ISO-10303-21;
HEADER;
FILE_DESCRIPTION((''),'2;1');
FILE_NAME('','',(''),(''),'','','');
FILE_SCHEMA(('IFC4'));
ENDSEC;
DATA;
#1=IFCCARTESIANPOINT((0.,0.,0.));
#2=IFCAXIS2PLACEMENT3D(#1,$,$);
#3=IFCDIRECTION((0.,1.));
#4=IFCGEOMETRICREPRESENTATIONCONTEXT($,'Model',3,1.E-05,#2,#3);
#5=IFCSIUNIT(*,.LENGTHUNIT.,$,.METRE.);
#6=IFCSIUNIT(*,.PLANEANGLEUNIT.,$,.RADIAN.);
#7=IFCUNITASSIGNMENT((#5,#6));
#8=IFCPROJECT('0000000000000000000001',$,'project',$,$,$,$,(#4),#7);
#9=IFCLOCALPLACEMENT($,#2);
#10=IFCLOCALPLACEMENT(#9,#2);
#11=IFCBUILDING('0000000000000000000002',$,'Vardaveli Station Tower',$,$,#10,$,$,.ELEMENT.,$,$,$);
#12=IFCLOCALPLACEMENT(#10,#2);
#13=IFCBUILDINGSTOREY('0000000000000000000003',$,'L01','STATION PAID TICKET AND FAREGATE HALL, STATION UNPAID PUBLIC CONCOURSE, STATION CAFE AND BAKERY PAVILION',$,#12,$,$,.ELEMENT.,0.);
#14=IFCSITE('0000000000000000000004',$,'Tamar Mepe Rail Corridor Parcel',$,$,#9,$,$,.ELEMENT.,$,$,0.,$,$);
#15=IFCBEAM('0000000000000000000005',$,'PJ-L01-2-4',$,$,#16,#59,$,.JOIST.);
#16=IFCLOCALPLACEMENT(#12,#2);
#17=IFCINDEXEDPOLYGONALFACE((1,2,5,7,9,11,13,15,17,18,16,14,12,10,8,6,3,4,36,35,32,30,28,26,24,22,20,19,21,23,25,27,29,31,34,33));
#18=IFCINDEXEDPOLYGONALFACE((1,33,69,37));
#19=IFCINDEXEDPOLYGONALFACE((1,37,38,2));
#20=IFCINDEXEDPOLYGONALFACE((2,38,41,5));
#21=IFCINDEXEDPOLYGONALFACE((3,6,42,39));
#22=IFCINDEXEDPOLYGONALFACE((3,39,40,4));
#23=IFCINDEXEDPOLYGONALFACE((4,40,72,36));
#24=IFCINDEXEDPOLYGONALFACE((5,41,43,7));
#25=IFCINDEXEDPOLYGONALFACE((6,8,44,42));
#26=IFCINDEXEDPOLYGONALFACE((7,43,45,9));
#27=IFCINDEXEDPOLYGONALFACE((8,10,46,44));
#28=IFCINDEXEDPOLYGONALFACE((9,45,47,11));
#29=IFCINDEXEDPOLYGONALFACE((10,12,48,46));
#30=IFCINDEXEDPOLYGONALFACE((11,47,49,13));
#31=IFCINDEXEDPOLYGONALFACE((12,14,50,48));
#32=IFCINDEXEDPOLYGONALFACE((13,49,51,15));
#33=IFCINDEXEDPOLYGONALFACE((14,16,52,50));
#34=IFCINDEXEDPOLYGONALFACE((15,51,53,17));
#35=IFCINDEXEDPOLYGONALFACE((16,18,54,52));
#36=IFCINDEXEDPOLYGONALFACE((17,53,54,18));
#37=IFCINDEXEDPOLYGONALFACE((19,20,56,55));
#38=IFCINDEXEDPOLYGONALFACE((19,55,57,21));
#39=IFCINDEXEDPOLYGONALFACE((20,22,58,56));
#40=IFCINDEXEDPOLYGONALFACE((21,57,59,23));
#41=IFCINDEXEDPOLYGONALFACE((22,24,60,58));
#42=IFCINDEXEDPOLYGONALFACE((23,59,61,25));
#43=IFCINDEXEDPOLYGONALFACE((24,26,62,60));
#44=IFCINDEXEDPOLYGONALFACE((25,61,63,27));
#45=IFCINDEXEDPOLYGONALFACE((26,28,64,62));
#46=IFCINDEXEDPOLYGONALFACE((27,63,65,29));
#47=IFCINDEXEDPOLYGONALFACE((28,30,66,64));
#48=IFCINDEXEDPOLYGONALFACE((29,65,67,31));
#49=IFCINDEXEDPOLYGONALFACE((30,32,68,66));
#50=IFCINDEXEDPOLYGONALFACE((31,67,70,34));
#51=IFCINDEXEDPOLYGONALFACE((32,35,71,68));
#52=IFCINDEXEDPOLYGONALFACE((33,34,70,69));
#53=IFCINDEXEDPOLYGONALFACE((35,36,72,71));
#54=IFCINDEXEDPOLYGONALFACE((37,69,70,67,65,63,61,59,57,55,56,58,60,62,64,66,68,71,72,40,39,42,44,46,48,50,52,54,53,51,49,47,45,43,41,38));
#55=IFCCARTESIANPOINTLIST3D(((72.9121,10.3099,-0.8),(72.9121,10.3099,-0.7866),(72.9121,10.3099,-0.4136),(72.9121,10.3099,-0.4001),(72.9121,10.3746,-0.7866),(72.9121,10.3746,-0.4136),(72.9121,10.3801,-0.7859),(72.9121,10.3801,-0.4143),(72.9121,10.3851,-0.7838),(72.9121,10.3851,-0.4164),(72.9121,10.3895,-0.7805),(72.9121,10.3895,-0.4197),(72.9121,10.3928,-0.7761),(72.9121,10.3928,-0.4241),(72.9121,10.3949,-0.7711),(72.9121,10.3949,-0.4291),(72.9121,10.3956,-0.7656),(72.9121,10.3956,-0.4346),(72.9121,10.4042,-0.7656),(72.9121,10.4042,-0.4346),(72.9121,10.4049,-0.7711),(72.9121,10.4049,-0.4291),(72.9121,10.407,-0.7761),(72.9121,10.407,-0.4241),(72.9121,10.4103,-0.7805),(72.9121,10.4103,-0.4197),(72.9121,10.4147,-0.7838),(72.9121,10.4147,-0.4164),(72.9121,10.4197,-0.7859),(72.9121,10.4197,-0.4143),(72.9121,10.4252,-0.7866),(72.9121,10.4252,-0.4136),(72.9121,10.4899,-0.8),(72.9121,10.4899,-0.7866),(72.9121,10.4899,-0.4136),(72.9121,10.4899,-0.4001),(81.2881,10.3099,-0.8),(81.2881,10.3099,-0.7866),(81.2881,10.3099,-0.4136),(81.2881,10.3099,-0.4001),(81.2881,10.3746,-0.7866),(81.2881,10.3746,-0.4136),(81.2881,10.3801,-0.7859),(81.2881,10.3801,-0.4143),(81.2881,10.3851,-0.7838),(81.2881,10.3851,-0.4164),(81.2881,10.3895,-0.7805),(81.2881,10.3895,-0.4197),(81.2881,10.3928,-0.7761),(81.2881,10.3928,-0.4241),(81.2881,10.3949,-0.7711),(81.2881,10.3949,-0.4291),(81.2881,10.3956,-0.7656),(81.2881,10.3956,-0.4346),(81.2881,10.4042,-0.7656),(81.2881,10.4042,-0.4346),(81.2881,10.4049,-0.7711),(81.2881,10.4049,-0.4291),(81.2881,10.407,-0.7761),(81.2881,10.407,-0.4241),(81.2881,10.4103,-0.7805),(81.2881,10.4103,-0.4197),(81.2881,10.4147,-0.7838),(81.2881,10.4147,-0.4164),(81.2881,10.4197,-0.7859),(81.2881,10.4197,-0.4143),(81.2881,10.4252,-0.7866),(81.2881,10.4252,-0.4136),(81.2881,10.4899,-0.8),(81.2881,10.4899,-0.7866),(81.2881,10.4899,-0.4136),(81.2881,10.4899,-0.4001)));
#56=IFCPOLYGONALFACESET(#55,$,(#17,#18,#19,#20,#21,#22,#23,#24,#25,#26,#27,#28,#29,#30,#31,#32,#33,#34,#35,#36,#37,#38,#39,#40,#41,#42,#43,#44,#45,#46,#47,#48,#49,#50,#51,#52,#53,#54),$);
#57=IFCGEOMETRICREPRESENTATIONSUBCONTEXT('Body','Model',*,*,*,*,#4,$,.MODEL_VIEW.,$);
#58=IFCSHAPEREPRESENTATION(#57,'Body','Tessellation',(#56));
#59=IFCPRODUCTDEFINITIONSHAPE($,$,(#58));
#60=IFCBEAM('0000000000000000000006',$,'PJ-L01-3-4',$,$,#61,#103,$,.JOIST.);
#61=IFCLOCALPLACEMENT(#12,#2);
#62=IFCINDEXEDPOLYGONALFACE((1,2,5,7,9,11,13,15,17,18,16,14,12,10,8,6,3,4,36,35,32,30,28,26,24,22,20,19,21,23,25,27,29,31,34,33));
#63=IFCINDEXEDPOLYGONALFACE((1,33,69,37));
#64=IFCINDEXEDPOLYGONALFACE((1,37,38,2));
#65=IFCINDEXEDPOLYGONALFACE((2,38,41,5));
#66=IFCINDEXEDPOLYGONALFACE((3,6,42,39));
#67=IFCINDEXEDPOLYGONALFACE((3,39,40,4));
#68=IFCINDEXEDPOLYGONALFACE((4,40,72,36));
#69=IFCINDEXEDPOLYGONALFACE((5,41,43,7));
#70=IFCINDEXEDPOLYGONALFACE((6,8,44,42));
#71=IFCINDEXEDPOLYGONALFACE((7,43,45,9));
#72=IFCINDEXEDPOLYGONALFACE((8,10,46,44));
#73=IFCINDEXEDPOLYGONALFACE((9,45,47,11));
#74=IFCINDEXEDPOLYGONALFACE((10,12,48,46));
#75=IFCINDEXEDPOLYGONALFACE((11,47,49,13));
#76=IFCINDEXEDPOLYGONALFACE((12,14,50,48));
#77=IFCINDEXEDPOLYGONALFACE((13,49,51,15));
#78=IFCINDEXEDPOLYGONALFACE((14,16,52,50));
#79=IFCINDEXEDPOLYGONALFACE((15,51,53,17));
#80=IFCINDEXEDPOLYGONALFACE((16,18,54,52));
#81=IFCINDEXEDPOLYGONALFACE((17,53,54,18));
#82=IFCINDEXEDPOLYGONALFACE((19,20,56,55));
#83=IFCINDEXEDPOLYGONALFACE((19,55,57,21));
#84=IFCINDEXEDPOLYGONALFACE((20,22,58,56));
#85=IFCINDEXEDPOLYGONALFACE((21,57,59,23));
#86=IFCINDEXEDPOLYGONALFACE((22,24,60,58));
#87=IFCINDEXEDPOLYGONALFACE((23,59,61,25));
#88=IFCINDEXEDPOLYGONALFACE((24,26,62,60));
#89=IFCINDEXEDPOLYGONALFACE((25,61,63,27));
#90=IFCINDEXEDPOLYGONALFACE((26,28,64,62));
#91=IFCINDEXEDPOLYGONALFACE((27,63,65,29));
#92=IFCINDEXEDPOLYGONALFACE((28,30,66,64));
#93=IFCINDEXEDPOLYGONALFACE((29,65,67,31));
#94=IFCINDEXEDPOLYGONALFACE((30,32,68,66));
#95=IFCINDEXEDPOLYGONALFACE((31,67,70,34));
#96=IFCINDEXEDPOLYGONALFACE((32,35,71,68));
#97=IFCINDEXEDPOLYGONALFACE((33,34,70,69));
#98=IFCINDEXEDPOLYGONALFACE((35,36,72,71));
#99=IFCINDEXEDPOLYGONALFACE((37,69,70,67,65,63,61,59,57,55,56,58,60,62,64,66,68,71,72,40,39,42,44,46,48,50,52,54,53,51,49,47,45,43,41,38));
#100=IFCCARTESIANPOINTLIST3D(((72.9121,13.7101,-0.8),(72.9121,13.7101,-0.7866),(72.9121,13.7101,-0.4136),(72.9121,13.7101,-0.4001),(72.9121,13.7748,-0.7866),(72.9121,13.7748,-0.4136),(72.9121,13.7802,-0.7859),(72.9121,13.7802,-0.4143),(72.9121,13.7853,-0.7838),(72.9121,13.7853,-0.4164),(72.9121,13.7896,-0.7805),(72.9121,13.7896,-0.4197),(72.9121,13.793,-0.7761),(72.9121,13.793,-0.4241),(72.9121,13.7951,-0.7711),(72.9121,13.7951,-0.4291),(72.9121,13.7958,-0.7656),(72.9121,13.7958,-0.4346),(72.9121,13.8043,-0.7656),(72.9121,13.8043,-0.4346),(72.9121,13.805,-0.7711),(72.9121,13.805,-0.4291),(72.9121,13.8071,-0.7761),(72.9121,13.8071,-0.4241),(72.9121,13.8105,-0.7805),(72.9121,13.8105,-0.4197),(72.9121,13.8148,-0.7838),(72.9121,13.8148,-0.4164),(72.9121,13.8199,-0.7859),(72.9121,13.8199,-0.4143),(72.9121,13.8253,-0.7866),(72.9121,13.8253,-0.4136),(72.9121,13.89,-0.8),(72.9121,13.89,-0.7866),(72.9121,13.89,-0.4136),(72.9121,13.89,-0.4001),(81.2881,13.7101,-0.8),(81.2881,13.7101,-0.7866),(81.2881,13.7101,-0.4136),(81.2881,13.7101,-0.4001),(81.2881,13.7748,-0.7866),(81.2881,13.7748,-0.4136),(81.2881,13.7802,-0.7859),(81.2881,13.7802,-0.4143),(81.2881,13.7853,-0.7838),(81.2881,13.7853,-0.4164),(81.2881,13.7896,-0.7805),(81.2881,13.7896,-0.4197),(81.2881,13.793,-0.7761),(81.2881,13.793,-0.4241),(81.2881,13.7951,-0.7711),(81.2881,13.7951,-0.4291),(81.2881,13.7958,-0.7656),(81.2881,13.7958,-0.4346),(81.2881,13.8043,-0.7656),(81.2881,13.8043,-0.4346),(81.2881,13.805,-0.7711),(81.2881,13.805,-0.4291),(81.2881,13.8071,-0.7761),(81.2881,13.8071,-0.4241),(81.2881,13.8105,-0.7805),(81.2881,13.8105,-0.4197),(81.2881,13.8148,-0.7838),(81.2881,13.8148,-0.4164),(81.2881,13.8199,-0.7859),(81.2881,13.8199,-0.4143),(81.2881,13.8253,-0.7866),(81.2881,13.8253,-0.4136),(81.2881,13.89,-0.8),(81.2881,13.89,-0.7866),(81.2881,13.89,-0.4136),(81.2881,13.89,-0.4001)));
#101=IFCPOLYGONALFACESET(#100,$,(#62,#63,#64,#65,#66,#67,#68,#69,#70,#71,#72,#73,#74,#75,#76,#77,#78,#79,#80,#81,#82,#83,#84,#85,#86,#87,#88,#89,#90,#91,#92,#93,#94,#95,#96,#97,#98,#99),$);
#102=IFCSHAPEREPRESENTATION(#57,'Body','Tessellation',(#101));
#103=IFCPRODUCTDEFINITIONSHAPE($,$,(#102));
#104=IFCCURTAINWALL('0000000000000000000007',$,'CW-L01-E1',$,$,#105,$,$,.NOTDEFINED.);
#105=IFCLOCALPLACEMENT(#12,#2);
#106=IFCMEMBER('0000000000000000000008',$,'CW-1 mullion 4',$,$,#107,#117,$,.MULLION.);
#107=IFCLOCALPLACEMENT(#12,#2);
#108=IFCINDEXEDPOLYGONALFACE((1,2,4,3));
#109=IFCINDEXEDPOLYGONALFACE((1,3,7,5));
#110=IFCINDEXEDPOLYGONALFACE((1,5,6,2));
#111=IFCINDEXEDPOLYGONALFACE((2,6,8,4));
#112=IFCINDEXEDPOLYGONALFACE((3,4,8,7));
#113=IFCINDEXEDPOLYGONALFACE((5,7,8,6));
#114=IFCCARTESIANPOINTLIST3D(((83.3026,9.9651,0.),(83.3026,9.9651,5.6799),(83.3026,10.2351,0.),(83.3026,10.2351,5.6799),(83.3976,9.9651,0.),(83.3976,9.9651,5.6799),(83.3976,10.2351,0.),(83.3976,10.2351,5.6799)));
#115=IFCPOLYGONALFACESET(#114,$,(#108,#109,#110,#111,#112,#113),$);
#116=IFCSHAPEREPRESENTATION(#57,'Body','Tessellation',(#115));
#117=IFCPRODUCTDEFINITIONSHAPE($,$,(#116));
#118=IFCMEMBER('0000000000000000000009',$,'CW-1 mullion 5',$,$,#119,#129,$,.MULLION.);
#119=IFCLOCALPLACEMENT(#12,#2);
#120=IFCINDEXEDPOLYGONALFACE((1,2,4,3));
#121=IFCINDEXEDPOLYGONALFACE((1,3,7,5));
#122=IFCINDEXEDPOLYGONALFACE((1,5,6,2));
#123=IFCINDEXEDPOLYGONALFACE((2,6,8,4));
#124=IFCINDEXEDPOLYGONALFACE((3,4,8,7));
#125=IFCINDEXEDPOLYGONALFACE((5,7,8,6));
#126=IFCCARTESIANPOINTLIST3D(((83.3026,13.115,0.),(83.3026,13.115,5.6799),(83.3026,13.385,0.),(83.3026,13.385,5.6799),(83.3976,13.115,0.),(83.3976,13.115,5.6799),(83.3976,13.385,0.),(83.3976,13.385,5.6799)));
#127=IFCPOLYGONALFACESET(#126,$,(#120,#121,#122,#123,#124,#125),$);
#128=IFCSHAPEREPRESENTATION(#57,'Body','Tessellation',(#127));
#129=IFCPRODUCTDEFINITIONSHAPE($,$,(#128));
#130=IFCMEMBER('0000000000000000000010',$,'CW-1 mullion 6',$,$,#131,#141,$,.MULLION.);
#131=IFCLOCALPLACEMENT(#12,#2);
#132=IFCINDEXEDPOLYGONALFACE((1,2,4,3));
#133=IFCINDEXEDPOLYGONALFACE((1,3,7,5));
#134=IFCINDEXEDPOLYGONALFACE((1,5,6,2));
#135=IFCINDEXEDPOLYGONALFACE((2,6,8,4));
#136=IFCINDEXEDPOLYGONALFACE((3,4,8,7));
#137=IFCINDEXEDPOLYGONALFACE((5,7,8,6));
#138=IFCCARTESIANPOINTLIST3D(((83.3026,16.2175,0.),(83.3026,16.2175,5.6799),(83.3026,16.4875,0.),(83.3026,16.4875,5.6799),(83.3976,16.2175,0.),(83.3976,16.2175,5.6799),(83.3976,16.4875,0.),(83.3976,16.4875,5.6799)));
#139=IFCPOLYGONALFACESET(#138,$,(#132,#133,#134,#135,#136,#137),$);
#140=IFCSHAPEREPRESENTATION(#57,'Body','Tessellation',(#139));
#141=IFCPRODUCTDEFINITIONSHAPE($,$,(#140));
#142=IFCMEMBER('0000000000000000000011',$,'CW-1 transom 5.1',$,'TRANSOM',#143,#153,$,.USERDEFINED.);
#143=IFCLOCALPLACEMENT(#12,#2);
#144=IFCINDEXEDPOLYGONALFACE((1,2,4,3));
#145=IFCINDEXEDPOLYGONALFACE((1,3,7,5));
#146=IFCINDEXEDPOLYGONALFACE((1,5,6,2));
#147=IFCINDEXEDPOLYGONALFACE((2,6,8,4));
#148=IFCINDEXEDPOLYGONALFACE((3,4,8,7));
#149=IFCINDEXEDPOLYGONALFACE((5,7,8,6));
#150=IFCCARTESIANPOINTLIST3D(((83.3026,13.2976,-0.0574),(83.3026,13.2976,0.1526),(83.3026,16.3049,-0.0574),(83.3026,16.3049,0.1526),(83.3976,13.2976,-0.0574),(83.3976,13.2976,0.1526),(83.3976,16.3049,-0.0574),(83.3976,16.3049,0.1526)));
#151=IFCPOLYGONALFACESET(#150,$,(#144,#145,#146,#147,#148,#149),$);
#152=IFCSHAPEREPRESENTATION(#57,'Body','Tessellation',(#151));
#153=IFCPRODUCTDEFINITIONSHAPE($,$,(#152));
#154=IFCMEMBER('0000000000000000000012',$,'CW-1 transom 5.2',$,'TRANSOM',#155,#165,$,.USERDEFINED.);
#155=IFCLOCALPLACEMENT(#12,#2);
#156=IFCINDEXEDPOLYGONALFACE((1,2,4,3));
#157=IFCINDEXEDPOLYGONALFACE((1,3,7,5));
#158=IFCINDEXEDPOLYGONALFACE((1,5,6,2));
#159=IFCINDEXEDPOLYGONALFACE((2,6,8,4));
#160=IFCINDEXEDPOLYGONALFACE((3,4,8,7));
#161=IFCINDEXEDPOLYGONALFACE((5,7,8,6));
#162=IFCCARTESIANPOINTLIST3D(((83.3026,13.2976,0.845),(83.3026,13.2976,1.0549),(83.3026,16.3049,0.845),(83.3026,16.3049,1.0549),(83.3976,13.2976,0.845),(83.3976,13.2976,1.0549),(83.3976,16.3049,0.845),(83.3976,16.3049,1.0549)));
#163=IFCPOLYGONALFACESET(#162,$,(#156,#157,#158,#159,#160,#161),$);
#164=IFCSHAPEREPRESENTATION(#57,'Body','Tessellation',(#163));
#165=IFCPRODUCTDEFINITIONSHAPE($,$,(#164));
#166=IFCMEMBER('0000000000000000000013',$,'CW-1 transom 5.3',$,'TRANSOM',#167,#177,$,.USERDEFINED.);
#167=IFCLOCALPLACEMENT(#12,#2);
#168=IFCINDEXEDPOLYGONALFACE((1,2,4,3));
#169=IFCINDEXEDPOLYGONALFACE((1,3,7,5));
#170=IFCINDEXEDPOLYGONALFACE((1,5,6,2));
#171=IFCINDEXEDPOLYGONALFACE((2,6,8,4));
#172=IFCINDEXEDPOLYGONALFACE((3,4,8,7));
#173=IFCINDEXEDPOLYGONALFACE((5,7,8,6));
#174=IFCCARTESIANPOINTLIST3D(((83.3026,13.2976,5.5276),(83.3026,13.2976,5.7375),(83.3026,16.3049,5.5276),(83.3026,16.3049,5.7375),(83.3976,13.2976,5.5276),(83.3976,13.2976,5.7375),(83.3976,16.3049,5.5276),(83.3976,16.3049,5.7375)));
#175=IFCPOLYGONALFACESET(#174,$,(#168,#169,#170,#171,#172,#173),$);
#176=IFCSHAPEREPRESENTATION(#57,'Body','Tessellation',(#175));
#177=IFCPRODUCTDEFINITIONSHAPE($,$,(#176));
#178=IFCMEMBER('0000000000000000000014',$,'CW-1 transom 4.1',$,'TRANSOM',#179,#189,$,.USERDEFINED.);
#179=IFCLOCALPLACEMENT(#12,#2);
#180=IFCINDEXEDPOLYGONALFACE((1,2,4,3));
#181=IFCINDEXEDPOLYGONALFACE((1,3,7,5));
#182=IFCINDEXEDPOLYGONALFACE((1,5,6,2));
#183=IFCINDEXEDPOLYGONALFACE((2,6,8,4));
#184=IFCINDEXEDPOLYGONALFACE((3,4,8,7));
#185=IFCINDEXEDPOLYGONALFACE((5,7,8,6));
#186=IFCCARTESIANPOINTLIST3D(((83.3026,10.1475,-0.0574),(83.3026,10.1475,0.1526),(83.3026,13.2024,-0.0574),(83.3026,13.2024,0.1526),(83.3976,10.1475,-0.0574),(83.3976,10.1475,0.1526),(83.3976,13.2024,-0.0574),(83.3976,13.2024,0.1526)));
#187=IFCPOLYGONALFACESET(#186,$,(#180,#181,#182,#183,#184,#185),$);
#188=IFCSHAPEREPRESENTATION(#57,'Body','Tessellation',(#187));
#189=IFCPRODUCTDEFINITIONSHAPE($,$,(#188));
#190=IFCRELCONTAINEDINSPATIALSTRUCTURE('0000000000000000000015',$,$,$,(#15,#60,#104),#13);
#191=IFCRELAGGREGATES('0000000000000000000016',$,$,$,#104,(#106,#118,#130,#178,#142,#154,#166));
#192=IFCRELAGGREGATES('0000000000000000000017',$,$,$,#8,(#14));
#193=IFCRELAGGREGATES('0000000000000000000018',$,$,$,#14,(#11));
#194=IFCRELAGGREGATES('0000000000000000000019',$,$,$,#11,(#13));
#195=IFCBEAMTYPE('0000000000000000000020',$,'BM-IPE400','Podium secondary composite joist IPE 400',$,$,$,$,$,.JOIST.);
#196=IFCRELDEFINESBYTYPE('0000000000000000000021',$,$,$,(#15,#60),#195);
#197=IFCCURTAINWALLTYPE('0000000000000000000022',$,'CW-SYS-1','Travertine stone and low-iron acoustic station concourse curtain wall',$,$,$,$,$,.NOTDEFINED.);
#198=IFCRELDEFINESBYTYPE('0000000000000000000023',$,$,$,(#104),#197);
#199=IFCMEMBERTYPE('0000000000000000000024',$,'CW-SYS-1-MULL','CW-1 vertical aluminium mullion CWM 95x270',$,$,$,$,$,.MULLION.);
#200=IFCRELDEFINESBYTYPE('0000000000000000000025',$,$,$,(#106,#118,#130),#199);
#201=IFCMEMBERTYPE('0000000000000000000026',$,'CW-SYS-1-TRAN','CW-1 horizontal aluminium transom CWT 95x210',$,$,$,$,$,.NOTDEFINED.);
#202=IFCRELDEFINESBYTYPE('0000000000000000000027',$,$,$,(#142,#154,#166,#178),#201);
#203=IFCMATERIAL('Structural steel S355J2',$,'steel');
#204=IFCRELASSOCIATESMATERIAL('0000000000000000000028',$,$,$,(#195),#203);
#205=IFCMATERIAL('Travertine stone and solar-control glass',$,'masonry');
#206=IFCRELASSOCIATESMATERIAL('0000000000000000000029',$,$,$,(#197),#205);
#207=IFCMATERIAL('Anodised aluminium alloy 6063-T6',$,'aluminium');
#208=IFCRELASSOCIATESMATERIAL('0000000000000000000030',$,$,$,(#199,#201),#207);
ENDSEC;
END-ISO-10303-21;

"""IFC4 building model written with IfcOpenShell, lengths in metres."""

from ifc_helpers import new_model, si_unit, direction, frame, origin, origin_2d, place, context, subcontext, project, spatial, rectangle, i_section, extrude, source, transform, mapped, material, material_profile, profile_set, type_object, element, aggregate, save


model = new_model("IFC4")

# Units and contexts
model_context = context("Model", 3, precision=1e-05, world=origin(), true_north=direction((0.0, 1.0)))
body_context = subcontext(model_context, "Body", "Model", "MODEL_VIEW")
ifc_project = project(units=[si_unit("LENGTHUNIT", "METRE"), si_unit("PLANEANGLEUNIT", "RADIAN")], contexts=[model_context])

# Site, building, storey
site_placement = place(None, origin())
site = spatial("IfcSite", under=ifc_project, at=site_placement, Name="Tamar Mepe Rail Corridor Parcel", CompositionType="ELEMENT", RefElevation=0.0)
building_placement = place(site_placement, origin())
building = spatial("IfcBuilding", under=site, at=building_placement, Name="Vardaveli Station Tower", CompositionType="ELEMENT")
storey_placement = place(building_placement, origin())
storey = spatial("IfcBuildingStorey", under=building, at=storey_placement, Name="L01", Description="STATION PAID TICKET AND FAREGATE HALL, STATION UNPAID PUBLIC CONCOURSE, STATION CAFE AND BAKERY PAVILION", CompositionType="ELEMENT", Elevation=0.0)

# Beams
ifc_material_1 = material(Name="Structural steel S355J2", Category="steel")
ifc_material_profile_1 = material_profile(ifc_material_1, i_section(OverallWidth=0.1799, OverallDepth=0.3999, WebThickness=0.0085, FlangeThickness=0.0134, FilletRadius=0.021, at=origin_2d()), Name="IPE 400")
ifc_profile_set_1 = profile_set([ifc_material_profile_1], Name="Structural steel S355J2")
beam_type_1 = type_object("IfcBeamType", Name="BM-IPE400", Description="Podium secondary composite joist IPE 400", PredefinedType="JOIST", material=ifc_profile_set_1)
shared_shape_1 = source(origin(), body_context, "Body", "SweptSolid", [
    extrude(i_section(OverallWidth=0.1799, OverallDepth=0.3999, WebThickness=0.0085, FlangeThickness=0.0134, FilletRadius=0.021, at=origin_2d()), origin(), (0.0, 0.0, 1.0), 8.376),
])
for number, where, z_axis, x_axis, name in (
    (1, (72.9121, 10.3999, -0.6001), (1.0, 0.0, 0.0), (0.0, 1.0, 0.0), "PJ-L01-2-4"),
    (2, (72.9121, 13.8, -0.6001), (1.0, 0.0, 0.0), (0.0, 1.0, 0.0), "PJ-L01-3-4"),
):
    element("IfcBeam", number, at=place(storey_placement, frame(where, z_axis=z_axis, x_axis=x_axis)), inside=storey, type_object=beam_type_1, Name=name, PredefinedType="JOIST", context=body_context, shape_type="MappedRepresentation", body=[
        mapped(shared_shape_1, transform((0.0, 0.0, 0.0), scale=1.0)),
    ])

# Curtain wall, members
ifc_material_2 = material(Name="Travertine stone and solar-control glass", Category="masonry")
curtain_wall_type = type_object("IfcCurtainWallType", Name="CW-SYS-1", Description="Travertine stone and low-iron acoustic station concourse curtain wall", PredefinedType="NOTDEFINED", material=ifc_material_2)
curtain_wall_placement = place(storey_placement, origin())
curtain_wall = element("IfcCurtainWall", 3, at=curtain_wall_placement, inside=storey, type_object=curtain_wall_type, Name="CW-L01-E1", PredefinedType="NOTDEFINED")
ifc_material_3 = material(Name="Anodised aluminium alloy 6063-T6", Category="aluminium")
ifc_material_profile_2 = material_profile(ifc_material_3, rectangle(XDim=0.095, YDim=0.27, at=origin_2d()), Name="CWM 95x270")
ifc_profile_set_2 = profile_set([ifc_material_profile_2], Name="Anodised aluminium alloy 6063-T6")
member_type_1 = type_object("IfcMemberType", Name="CW-SYS-1-MULL", Description="CW-1 vertical aluminium mullion CWM 95x270", PredefinedType="MULLION", material=ifc_profile_set_2)
shared_shape_2 = source(origin(), body_context, "Body", "SweptSolid", [
    extrude(rectangle(XDim=0.095, YDim=0.27, at=origin_2d()), origin(), (0.0, 0.0, 1.0), 5.6799),
])
member_1_placement = place(storey_placement, frame((83.3501, 10.1001, 0.0), z_axis=(0.0, 0.0, 1.0), x_axis=(-1.0, 0.0, 0.0)))
member_1 = element("IfcMember", 4, at=member_1_placement, type_object=member_type_1, Name="CW-1 mullion 4", PredefinedType="MULLION", context=body_context, shape_type="MappedRepresentation", body=[
    mapped(shared_shape_2, transform((0.0, 0.0, 0.0), scale=1.0)),
])
member_2_placement = place(storey_placement, frame((83.3501, 13.25, 0.0), z_axis=(0.0, 0.0, 1.0), x_axis=(-1.0, 0.0, 0.0)))
member_2 = element("IfcMember", 5, at=member_2_placement, type_object=member_type_1, Name="CW-1 mullion 5", PredefinedType="MULLION", context=body_context, shape_type="MappedRepresentation", body=[
    mapped(shared_shape_2, transform((0.0, 0.0, 0.0), scale=1.0)),
])
member_3_placement = place(storey_placement, frame((83.3501, 16.3525, 0.0), z_axis=(0.0, 0.0, 1.0), x_axis=(-1.0, 0.0, 0.0)))
member_3 = element("IfcMember", 6, at=member_3_placement, type_object=member_type_1, Name="CW-1 mullion 6", PredefinedType="MULLION", context=body_context, shape_type="MappedRepresentation", body=[
    mapped(shared_shape_2, transform((0.0, 0.0, 0.0), scale=1.0)),
])
ifc_material_profile_3 = material_profile(ifc_material_3, rectangle(XDim=0.095, YDim=0.21, at=origin_2d()), Name="CWT 95x210")
ifc_profile_set_3 = profile_set([ifc_material_profile_3], Name="Anodised aluminium alloy 6063-T6")
member_type_2 = type_object("IfcMemberType", Name="CW-SYS-1-TRAN", Description="CW-1 horizontal aluminium transom CWT 95x210", PredefinedType="NOTDEFINED", material=ifc_profile_set_3)
shared_shape_3 = source(origin(), body_context, "Body", "SweptSolid", [
    extrude(rectangle(XDim=0.095, YDim=0.21, at=origin_2d()), origin(), (0.0, 0.0, 1.0), 3.0073),
])
member_4_placement = place(storey_placement, frame((83.3501, 13.2976, 0.0476), z_axis=(0.0, 1.0, 0.0), x_axis=(-1.0, 0.0, 0.0)))
member_4 = element("IfcMember", 7, at=member_4_placement, type_object=member_type_2, Name="CW-1 transom 5.1", ObjectType="TRANSOM", PredefinedType="USERDEFINED", context=body_context, shape_type="MappedRepresentation", body=[
    mapped(shared_shape_3, transform((0.0, 0.0, 0.0), scale=1.0)),
])
member_5_placement = place(storey_placement, frame((83.3501, 13.2976, 0.95), z_axis=(0.0, 1.0, 0.0), x_axis=(-1.0, 0.0, 0.0)))
member_5 = element("IfcMember", 8, at=member_5_placement, type_object=member_type_2, Name="CW-1 transom 5.2", ObjectType="TRANSOM", PredefinedType="USERDEFINED", context=body_context, shape_type="MappedRepresentation", body=[
    mapped(shared_shape_3, transform((0.0, 0.0, 0.0), scale=1.0)),
])
member_6_placement = place(storey_placement, frame((83.3501, 13.2976, 5.6326), z_axis=(0.0, 1.0, 0.0), x_axis=(-1.0, 0.0, 0.0)))
member_6 = element("IfcMember", 9, at=member_6_placement, type_object=member_type_2, Name="CW-1 transom 5.3", ObjectType="TRANSOM", PredefinedType="USERDEFINED", context=body_context, shape_type="MappedRepresentation", body=[
    mapped(shared_shape_3, transform((0.0, 0.0, 0.0), scale=1.0)),
])
shared_shape_4 = source(origin(), body_context, "Body", "SweptSolid", [
    extrude(rectangle(XDim=0.095, YDim=0.21, at=origin_2d()), origin(), (0.0, 0.0, 1.0), 3.0549),
])
member_7_placement = place(storey_placement, frame((83.3501, 10.1475, 0.0476), z_axis=(0.0, 1.0, 0.0), x_axis=(-1.0, 0.0, 0.0)))
member_7 = element("IfcMember", 10, at=member_7_placement, type_object=member_type_2, Name="CW-1 transom 4.1", ObjectType="TRANSOM", PredefinedType="USERDEFINED", context=body_context, shape_type="MappedRepresentation", body=[
    mapped(shared_shape_4, transform((0.0, 0.0, 0.0), scale=1.0)),
])
aggregate(curtain_wall, [member_1, member_2, member_3, member_7, member_4, member_5, member_6])

save(model, "model.ifc")
